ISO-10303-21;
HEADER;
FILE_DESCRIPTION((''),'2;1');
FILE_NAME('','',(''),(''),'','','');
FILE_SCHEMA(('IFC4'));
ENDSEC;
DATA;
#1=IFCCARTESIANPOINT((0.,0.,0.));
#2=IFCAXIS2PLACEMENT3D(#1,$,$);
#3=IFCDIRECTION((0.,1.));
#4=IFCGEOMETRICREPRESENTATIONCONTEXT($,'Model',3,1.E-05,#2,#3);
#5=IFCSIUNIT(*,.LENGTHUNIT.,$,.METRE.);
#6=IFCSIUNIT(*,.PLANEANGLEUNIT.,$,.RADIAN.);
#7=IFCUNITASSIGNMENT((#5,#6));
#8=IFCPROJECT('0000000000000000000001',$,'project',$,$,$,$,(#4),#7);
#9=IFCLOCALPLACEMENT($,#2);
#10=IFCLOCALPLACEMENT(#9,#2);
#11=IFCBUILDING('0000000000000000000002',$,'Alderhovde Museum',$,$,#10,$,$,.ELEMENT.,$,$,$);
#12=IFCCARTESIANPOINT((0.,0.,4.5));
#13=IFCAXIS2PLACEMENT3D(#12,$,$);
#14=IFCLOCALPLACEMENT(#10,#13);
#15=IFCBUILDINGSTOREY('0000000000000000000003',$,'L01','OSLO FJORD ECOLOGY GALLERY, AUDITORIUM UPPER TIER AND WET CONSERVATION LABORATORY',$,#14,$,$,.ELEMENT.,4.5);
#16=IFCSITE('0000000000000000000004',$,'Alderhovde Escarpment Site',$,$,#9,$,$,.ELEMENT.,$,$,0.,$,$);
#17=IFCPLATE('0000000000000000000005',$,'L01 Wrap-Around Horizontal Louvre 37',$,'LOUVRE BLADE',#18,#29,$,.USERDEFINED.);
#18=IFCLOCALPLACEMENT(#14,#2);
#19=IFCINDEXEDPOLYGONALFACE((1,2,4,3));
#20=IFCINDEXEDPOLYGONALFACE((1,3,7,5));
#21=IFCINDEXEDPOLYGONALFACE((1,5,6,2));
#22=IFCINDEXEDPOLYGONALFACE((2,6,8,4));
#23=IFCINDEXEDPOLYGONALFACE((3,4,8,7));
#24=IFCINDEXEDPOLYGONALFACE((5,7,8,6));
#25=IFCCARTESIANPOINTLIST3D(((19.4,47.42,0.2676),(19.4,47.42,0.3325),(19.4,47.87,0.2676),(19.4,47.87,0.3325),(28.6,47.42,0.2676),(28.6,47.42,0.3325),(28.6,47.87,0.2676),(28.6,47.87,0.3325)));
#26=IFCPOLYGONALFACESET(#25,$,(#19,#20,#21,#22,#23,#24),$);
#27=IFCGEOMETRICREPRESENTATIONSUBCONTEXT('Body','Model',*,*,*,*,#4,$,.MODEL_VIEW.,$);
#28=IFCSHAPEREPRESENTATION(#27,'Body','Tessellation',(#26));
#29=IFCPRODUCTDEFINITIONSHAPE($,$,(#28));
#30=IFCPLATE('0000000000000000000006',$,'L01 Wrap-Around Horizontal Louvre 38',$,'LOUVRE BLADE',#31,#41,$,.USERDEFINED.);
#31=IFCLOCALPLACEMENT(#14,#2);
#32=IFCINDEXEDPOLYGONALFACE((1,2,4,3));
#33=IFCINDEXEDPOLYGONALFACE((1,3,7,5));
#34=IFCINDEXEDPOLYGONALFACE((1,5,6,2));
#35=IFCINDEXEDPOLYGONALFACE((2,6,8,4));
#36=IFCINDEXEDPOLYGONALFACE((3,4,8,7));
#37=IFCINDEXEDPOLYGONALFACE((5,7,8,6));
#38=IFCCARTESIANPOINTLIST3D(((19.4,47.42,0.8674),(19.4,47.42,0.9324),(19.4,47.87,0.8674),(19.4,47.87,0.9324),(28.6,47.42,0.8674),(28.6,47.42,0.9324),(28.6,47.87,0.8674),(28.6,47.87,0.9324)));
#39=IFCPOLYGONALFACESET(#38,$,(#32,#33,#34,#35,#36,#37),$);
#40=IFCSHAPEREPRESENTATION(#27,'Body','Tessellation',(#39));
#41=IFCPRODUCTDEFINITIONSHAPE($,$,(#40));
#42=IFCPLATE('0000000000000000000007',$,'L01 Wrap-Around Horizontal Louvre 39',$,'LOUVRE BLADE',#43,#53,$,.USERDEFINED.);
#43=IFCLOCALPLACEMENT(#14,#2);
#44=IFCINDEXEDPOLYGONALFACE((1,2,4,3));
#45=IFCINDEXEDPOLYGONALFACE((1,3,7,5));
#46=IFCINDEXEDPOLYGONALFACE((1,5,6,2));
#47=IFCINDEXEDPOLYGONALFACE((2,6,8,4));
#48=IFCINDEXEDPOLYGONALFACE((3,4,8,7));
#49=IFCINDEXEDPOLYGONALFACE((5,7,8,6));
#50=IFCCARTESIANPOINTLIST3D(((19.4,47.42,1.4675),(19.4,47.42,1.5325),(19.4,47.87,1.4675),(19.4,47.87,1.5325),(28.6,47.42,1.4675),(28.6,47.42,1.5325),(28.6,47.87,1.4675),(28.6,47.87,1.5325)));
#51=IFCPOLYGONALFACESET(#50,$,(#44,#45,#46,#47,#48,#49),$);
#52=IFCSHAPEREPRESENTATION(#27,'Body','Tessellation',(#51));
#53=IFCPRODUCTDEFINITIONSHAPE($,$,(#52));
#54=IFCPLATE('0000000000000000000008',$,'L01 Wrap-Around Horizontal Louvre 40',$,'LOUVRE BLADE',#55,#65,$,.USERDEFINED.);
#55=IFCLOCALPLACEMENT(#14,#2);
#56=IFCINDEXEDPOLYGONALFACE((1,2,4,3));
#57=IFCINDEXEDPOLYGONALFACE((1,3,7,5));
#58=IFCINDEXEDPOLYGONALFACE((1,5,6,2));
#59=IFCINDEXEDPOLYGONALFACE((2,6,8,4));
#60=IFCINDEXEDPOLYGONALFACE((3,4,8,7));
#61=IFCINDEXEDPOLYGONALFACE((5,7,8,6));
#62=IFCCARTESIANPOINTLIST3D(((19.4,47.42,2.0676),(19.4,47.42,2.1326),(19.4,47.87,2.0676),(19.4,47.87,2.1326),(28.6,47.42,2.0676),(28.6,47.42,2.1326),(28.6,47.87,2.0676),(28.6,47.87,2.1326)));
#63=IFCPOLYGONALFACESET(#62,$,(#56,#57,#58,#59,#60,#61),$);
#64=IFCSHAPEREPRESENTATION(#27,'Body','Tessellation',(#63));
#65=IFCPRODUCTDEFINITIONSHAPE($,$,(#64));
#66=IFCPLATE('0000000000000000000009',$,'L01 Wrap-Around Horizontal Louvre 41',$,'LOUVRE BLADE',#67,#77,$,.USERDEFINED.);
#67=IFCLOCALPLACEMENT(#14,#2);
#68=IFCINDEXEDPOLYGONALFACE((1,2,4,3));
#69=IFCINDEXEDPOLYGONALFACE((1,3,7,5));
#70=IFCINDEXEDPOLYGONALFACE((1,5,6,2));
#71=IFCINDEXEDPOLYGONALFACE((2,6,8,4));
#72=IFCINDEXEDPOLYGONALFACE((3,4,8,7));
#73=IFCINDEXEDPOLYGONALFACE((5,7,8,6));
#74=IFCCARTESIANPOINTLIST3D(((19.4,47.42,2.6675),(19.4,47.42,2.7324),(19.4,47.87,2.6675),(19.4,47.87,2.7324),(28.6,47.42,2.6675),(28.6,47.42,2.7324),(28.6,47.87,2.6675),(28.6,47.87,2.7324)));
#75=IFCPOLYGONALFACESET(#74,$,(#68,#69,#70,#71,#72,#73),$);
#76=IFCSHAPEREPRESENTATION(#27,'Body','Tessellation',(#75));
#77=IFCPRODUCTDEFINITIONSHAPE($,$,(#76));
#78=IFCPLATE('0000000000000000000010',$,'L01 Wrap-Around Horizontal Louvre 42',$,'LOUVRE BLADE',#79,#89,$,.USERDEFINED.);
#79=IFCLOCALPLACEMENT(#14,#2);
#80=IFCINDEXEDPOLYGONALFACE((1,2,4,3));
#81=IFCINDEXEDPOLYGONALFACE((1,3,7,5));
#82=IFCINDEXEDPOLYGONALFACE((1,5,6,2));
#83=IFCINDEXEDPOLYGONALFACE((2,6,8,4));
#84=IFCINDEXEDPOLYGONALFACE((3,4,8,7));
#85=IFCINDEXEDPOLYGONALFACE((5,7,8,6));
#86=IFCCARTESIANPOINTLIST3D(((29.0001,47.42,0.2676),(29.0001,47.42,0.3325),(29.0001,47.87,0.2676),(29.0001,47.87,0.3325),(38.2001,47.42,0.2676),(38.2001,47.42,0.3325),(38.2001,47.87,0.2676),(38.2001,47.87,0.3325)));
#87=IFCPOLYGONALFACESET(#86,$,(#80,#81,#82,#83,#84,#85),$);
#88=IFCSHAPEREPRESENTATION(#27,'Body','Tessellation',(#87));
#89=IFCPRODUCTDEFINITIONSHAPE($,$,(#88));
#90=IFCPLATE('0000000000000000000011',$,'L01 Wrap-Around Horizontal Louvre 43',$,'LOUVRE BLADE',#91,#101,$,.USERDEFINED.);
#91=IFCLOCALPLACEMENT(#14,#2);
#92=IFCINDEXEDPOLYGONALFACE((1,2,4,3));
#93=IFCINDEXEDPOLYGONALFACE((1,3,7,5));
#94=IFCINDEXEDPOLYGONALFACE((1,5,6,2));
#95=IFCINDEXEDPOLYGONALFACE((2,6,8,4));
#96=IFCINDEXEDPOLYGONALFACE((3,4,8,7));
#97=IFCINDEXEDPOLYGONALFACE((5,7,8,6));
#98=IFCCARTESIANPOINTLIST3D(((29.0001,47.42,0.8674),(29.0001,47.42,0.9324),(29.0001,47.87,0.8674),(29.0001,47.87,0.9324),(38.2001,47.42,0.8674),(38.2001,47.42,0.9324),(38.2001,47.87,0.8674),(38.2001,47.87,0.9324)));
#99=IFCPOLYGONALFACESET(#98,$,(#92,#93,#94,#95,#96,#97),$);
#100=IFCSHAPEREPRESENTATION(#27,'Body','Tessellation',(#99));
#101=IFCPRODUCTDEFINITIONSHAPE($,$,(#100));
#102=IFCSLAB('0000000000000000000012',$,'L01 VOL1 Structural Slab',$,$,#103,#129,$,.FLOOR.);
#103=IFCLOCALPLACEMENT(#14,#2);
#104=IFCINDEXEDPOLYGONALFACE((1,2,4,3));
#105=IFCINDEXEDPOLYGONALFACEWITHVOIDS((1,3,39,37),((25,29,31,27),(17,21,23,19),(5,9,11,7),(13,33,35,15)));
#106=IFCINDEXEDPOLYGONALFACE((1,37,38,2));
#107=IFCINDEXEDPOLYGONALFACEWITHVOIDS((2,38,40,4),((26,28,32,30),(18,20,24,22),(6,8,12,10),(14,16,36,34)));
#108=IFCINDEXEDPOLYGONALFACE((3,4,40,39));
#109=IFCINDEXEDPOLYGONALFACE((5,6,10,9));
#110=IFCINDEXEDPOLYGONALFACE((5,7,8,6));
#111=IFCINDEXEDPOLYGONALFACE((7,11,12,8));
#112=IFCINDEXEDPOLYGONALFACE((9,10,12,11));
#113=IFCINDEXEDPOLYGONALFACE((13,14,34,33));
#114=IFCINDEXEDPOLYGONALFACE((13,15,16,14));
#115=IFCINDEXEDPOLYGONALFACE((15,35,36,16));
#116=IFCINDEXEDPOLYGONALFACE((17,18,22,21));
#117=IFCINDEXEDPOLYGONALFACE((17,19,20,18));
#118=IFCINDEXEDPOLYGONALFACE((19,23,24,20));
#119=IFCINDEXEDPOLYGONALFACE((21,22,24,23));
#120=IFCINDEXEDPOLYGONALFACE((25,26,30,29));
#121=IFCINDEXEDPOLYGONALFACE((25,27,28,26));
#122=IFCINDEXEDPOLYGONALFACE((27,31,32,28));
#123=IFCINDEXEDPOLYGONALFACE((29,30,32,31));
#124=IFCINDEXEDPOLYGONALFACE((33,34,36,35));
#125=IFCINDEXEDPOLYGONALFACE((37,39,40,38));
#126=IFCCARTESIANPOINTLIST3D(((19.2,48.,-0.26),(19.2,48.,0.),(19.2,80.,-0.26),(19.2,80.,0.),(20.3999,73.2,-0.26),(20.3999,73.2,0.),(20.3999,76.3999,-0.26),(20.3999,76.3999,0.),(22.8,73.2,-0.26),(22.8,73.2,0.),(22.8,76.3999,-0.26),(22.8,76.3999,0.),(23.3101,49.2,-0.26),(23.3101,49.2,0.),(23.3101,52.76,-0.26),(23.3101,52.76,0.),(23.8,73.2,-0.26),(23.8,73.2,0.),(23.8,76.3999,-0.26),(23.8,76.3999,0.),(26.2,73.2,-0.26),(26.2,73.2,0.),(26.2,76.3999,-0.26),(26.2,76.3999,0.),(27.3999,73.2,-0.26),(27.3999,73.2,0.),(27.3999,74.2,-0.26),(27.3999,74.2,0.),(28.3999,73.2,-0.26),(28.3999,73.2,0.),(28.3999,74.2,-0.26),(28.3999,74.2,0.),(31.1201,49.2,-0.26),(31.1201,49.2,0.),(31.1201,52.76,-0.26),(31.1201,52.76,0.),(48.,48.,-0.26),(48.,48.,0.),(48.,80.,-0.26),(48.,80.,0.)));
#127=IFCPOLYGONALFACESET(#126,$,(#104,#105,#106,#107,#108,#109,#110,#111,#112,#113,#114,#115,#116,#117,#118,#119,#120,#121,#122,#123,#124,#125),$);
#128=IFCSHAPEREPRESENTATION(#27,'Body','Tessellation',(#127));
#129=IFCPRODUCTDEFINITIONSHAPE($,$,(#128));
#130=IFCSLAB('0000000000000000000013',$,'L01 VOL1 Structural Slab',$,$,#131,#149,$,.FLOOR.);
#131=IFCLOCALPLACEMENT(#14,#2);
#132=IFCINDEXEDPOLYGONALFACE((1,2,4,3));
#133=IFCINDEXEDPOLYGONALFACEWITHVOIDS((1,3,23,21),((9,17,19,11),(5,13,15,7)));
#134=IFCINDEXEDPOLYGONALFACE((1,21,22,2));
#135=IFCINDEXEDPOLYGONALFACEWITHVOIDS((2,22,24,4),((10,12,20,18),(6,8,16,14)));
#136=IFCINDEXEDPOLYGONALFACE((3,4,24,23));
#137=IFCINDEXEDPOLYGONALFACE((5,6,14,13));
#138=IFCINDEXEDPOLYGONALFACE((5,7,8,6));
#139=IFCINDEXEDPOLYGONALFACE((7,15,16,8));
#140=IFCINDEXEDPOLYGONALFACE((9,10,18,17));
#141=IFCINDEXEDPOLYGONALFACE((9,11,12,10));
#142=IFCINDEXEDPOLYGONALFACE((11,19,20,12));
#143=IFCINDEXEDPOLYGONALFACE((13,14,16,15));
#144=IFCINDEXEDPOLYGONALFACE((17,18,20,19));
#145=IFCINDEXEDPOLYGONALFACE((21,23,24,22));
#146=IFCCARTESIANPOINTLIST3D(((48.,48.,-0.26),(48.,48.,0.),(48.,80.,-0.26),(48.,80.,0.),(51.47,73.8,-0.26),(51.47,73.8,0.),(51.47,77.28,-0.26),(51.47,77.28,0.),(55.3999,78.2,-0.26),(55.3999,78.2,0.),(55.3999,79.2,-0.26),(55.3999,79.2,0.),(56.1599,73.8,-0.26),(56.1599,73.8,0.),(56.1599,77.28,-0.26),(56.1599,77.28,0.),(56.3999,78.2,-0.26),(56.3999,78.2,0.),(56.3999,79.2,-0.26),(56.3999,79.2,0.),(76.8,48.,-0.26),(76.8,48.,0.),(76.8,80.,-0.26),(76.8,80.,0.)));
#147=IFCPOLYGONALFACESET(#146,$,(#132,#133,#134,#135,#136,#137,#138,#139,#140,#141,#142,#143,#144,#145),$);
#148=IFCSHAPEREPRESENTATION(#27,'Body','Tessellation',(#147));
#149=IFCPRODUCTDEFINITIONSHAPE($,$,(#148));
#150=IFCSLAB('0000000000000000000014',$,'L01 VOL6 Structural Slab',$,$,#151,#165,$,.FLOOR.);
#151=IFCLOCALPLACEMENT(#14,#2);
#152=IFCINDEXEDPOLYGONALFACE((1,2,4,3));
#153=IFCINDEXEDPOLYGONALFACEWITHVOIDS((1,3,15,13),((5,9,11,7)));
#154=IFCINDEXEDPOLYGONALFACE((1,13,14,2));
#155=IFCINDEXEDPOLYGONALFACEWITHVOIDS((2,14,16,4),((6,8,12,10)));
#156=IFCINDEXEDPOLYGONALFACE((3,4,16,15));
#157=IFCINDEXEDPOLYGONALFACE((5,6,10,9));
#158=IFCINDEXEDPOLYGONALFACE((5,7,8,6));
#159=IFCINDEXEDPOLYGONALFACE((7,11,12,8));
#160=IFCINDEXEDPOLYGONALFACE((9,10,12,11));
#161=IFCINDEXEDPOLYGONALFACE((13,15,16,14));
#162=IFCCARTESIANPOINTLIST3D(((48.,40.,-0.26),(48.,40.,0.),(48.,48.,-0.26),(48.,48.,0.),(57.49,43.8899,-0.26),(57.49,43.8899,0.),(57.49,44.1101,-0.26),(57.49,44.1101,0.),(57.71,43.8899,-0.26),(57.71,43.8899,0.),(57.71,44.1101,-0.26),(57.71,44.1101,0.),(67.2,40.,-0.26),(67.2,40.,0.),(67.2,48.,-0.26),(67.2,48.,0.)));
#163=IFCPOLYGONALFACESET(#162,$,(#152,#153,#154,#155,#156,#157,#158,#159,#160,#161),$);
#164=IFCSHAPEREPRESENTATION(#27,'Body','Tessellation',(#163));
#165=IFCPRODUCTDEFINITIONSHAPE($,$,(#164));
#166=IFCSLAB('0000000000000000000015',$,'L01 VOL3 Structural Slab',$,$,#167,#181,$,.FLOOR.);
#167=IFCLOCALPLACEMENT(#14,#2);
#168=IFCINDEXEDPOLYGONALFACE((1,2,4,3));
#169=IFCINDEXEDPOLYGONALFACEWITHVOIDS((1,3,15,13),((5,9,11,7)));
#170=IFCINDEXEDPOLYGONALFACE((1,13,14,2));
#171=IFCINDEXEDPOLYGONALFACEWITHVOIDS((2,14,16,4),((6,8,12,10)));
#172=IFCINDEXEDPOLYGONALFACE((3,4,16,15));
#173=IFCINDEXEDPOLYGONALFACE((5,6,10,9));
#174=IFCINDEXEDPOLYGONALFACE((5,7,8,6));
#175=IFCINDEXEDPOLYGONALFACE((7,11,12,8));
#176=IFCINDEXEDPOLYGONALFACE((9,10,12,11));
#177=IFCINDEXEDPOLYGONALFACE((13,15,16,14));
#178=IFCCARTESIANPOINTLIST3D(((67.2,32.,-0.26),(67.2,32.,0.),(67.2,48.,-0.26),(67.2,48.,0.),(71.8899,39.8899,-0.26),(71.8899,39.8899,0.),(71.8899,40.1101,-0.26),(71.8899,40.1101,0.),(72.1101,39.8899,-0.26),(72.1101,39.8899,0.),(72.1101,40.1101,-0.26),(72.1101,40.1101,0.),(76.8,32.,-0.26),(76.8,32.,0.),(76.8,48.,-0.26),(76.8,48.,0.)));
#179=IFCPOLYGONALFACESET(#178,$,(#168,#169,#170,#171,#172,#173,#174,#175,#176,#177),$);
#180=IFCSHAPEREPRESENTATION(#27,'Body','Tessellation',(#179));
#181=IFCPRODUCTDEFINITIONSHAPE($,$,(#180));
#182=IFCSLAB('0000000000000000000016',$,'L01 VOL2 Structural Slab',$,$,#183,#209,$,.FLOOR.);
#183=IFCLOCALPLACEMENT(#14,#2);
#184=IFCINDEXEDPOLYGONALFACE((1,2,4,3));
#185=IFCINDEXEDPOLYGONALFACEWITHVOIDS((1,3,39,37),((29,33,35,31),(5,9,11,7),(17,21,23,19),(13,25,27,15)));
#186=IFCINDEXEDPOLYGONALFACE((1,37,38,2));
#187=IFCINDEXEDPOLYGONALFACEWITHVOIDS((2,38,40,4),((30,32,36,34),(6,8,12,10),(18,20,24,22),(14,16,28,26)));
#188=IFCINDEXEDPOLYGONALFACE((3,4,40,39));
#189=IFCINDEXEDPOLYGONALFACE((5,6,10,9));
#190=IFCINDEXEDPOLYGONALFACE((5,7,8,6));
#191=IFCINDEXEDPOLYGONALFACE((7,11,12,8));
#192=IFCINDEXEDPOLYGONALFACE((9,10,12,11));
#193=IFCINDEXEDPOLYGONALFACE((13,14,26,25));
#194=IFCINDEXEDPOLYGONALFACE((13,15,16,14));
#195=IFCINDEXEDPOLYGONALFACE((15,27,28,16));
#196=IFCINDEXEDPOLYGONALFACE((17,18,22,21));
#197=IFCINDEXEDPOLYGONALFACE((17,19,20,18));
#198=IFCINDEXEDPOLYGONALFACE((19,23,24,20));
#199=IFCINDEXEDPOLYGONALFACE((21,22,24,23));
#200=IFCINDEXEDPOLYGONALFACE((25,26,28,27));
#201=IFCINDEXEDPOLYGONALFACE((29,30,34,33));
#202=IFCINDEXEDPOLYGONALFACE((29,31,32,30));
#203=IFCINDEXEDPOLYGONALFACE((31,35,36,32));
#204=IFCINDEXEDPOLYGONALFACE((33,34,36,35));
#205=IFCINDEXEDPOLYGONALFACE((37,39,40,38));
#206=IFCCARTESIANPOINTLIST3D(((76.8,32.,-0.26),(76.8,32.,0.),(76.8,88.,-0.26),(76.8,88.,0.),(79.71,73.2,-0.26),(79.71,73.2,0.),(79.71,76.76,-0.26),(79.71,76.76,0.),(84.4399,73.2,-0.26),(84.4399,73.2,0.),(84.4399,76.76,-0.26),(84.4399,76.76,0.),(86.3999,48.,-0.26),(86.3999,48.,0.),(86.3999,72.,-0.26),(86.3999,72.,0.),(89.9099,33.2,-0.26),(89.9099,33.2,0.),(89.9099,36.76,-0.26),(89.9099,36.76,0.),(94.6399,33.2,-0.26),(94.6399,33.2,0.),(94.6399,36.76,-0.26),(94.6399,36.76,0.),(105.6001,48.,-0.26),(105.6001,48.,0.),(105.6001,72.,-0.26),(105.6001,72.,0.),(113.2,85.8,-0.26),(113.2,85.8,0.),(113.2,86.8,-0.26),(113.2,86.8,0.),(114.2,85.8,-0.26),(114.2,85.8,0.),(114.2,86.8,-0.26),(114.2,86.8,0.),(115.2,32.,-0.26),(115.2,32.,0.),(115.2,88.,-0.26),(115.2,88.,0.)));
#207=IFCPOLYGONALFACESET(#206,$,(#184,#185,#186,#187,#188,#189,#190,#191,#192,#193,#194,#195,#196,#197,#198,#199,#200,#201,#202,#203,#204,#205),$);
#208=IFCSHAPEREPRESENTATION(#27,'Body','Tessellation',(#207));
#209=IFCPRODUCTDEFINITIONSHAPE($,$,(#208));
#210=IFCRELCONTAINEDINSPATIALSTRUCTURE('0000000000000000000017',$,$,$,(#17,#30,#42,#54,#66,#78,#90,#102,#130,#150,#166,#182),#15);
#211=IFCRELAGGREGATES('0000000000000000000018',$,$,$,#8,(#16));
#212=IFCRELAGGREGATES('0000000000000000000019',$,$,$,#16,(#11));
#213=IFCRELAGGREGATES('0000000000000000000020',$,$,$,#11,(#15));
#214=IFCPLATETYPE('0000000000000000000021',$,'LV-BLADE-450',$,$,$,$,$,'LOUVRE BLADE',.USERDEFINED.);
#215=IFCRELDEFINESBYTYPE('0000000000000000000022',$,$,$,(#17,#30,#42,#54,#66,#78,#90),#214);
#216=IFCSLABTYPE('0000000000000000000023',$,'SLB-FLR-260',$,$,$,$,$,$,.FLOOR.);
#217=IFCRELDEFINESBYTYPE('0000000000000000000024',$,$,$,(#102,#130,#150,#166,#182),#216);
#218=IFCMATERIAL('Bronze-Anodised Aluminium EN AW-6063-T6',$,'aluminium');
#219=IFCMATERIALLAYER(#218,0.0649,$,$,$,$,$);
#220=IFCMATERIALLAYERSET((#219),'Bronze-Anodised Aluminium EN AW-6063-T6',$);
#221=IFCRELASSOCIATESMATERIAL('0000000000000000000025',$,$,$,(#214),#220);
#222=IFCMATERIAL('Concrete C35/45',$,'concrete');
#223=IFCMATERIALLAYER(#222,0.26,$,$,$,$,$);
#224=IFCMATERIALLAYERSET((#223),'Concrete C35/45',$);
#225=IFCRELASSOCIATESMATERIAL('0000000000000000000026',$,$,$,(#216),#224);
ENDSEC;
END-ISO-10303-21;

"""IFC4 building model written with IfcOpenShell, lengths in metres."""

from ifc_helpers import new_model, si_unit, direction, frame, origin, origin_2d, place, context, subcontext, project, spatial, polyline, rectangle, outline, extrude, material, layer, layer_set, type_object, element, save


model = new_model("IFC4")

# Units and contexts
model_context = context("Model", 3, precision=1e-05, world=origin(), true_north=direction((0.0, 1.0)))
body_context = subcontext(model_context, "Body", "Model", "MODEL_VIEW")
ifc_project = project(units=[si_unit("LENGTHUNIT", "METRE"), si_unit("PLANEANGLEUNIT", "RADIAN")], contexts=[model_context])

# Site, building, storey
site_placement = place(None, origin())
site = spatial("IfcSite", under=ifc_project, at=site_placement, Name="Alderhovde Escarpment Site", CompositionType="ELEMENT", RefElevation=0.0)
building_placement = place(site_placement, origin())
building = spatial("IfcBuilding", under=site, at=building_placement, Name="Alderhovde Museum", CompositionType="ELEMENT")
storey_placement = place(building_placement, frame((0.0, 0.0, 4.5)))
storey = spatial("IfcBuildingStorey", under=building, at=storey_placement, Name="L01", Description="OSLO FJORD ECOLOGY GALLERY, AUDITORIUM UPPER TIER AND WET CONSERVATION LABORATORY", CompositionType="ELEMENT", Elevation=4.5)

# Plates
ifc_material_1 = material(Name="Bronze-Anodised Aluminium EN AW-6063-T6", Category="aluminium")
ifc_layer_1 = layer(ifc_material_1, 0.0649)
ifc_layer_set_1 = layer_set([ifc_layer_1], Name="Bronze-Anodised Aluminium EN AW-6063-T6")
plate_type = type_object("IfcPlateType", Name="LV-BLADE-450", ElementType="LOUVRE BLADE", PredefinedType="USERDEFINED", material=ifc_layer_set_1)
for number, where, z_axis, x_axis, name in (
    (1, (24.0, 47.645, 0.2676), (0.0, 0.0, 1.0), (1.0, 0.0, 0.0), "L01 Wrap-Around Horizontal Louvre 37"),
    (2, (24.0, 47.645, 0.8674), (0.0, 0.0, 1.0), (1.0, 0.0, 0.0), "L01 Wrap-Around Horizontal Louvre 38"),
    (3, (24.0, 47.645, 1.4675), (0.0, 0.0, 1.0), (1.0, 0.0, 0.0), "L01 Wrap-Around Horizontal Louvre 39"),
    (4, (24.0, 47.645, 2.0676), (0.0, 0.0, 1.0), (1.0, 0.0, 0.0), "L01 Wrap-Around Horizontal Louvre 40"),
    (5, (24.0, 47.645, 2.6675), (0.0, 0.0, 1.0), (1.0, 0.0, 0.0), "L01 Wrap-Around Horizontal Louvre 41"),
    (6, (33.6001, 47.645, 0.2676), (0.0, 0.0, 1.0), (1.0, 0.0, 0.0), "L01 Wrap-Around Horizontal Louvre 42"),
    (7, (33.6001, 47.645, 0.8674), (0.0, 0.0, 1.0), (1.0, 0.0, 0.0), "L01 Wrap-Around Horizontal Louvre 43"),
):
    element("IfcPlate", number, at=place(storey_placement, frame(where, z_axis=z_axis, x_axis=x_axis)), inside=storey, type_object=plate_type, Name=name, ObjectType="LOUVRE BLADE", PredefinedType="USERDEFINED", context=body_context, shape_type="SweptSolid", body=[
        extrude(rectangle(XDim=9.2, YDim=0.45, at=origin_2d()), origin(), (0.0, 0.0, 1.0), 0.0649),
    ])

# Slabs
ifc_material_2 = material(Name="Concrete C35/45", Category="concrete")
ifc_layer_2 = layer(ifc_material_2, 0.26)
ifc_layer_set_2 = layer_set([ifc_layer_2], Name="Concrete C35/45")
slab_type_1 = type_object("IfcSlabType", Name="SLB-FLR-260", PredefinedType="FLOOR", material=ifc_layer_set_2)
slab_1_placement = place(storey_placement, frame((0.0, 0.0, -0.26)))
element("IfcSlab", 8, at=slab_1_placement, inside=storey, type_object=slab_type_1, Name="L01 VOL1 Structural Slab", PredefinedType="FLOOR", context=body_context, shape_type="SweptSolid", body=[
    extrude(outline(polyline([(19.2, 48.0), (48.0, 48.0), (48.0, 80.0), (19.2, 80.0), (19.2, 48.0)]), holes=[polyline([(23.3101, 49.2), (31.1201, 49.2), (31.1201, 52.76), (23.3101, 52.76), (23.3101, 49.2)]), polyline([(20.3999, 73.2), (22.8, 73.2), (22.8, 76.3999), (20.3999, 76.3999), (20.3999, 73.2)]), polyline([(23.8, 73.2), (26.2, 73.2), (26.2, 76.3999), (23.8, 76.3999), (23.8, 73.2)]), polyline([(27.3999, 73.2), (28.3999, 73.2), (28.3999, 74.2), (27.3999, 74.2), (27.3999, 73.2)])]), origin(), (0.0, 0.0, 1.0), 0.26),
])
slab_2_placement = place(storey_placement, frame((0.0, 0.0, -0.26)))
element("IfcSlab", 9, at=slab_2_placement, inside=storey, type_object=slab_type_1, Name="L01 VOL1 Structural Slab", PredefinedType="FLOOR", context=body_context, shape_type="SweptSolid", body=[
    extrude(outline(polyline([(48.0, 48.0), (76.8, 48.0), (76.8, 80.0), (48.0, 80.0), (48.0, 48.0)]), holes=[polyline([(51.47, 73.8), (56.1599, 73.8), (56.1599, 77.28), (51.47, 77.28), (51.47, 73.8)]), polyline([(55.3999, 78.2), (56.3999, 78.2), (56.3999, 79.2), (55.3999, 79.2), (55.3999, 78.2)])]), origin(), (0.0, 0.0, 1.0), 0.26),
])
slab_3_placement = place(storey_placement, frame((0.0, 0.0, -0.26)))
element("IfcSlab", 10, at=slab_3_placement, inside=storey, type_object=slab_type_1, Name="L01 VOL6 Structural Slab", PredefinedType="FLOOR", context=body_context, shape_type="SweptSolid", body=[
    extrude(outline(polyline([(48.0, 40.0), (67.2, 40.0), (67.2, 48.0), (48.0, 48.0), (48.0, 40.0)]), holes=[polyline([(57.49, 43.8899), (57.71, 43.8899), (57.71, 44.1101), (57.49, 44.1101), (57.49, 43.8899)])]), origin(), (0.0, 0.0, 1.0), 0.26),
])
slab_4_placement = place(storey_placement, frame((0.0, 0.0, -0.26)))
element("IfcSlab", 11, at=slab_4_placement, inside=storey, type_object=slab_type_1, Name="L01 VOL3 Structural Slab", PredefinedType="FLOOR", context=body_context, shape_type="SweptSolid", body=[
    extrude(outline(polyline([(67.2, 32.0), (76.8, 32.0), (76.8, 48.0), (67.2, 48.0), (67.2, 32.0)]), holes=[polyline([(71.8899, 39.8899), (72.1101, 39.8899), (72.1101, 40.1101), (71.8899, 40.1101), (71.8899, 39.8899)])]), origin(), (0.0, 0.0, 1.0), 0.26),
])
slab_5_placement = place(storey_placement, frame((0.0, 0.0, -0.26)))
element("IfcSlab", 12, at=slab_5_placement, inside=storey, type_object=slab_type_1, Name="L01 VOL2 Structural Slab", PredefinedType="FLOOR", context=body_context, shape_type="SweptSolid", body=[
    extrude(outline(polyline([(76.8, 32.0), (115.2, 32.0), (115.2, 88.0), (76.8, 88.0), (76.8, 32.0)]), holes=[polyline([(89.9099, 33.2), (94.6399, 33.2), (94.6399, 36.76), (89.9099, 36.76), (89.9099, 33.2)]), polyline([(79.71, 73.2), (84.4399, 73.2), (84.4399, 76.76), (79.71, 76.76), (79.71, 73.2)]), polyline([(86.3999, 48.0), (105.6001, 48.0), (105.6001, 72.0), (86.3999, 72.0), (86.3999, 48.0)]), polyline([(113.2, 85.8), (114.2, 85.8), (114.2, 86.8), (113.2, 86.8), (113.2, 85.8)])]), origin(), (0.0, 0.0, 1.0), 0.26),
])

save(model, "model.ifc")
